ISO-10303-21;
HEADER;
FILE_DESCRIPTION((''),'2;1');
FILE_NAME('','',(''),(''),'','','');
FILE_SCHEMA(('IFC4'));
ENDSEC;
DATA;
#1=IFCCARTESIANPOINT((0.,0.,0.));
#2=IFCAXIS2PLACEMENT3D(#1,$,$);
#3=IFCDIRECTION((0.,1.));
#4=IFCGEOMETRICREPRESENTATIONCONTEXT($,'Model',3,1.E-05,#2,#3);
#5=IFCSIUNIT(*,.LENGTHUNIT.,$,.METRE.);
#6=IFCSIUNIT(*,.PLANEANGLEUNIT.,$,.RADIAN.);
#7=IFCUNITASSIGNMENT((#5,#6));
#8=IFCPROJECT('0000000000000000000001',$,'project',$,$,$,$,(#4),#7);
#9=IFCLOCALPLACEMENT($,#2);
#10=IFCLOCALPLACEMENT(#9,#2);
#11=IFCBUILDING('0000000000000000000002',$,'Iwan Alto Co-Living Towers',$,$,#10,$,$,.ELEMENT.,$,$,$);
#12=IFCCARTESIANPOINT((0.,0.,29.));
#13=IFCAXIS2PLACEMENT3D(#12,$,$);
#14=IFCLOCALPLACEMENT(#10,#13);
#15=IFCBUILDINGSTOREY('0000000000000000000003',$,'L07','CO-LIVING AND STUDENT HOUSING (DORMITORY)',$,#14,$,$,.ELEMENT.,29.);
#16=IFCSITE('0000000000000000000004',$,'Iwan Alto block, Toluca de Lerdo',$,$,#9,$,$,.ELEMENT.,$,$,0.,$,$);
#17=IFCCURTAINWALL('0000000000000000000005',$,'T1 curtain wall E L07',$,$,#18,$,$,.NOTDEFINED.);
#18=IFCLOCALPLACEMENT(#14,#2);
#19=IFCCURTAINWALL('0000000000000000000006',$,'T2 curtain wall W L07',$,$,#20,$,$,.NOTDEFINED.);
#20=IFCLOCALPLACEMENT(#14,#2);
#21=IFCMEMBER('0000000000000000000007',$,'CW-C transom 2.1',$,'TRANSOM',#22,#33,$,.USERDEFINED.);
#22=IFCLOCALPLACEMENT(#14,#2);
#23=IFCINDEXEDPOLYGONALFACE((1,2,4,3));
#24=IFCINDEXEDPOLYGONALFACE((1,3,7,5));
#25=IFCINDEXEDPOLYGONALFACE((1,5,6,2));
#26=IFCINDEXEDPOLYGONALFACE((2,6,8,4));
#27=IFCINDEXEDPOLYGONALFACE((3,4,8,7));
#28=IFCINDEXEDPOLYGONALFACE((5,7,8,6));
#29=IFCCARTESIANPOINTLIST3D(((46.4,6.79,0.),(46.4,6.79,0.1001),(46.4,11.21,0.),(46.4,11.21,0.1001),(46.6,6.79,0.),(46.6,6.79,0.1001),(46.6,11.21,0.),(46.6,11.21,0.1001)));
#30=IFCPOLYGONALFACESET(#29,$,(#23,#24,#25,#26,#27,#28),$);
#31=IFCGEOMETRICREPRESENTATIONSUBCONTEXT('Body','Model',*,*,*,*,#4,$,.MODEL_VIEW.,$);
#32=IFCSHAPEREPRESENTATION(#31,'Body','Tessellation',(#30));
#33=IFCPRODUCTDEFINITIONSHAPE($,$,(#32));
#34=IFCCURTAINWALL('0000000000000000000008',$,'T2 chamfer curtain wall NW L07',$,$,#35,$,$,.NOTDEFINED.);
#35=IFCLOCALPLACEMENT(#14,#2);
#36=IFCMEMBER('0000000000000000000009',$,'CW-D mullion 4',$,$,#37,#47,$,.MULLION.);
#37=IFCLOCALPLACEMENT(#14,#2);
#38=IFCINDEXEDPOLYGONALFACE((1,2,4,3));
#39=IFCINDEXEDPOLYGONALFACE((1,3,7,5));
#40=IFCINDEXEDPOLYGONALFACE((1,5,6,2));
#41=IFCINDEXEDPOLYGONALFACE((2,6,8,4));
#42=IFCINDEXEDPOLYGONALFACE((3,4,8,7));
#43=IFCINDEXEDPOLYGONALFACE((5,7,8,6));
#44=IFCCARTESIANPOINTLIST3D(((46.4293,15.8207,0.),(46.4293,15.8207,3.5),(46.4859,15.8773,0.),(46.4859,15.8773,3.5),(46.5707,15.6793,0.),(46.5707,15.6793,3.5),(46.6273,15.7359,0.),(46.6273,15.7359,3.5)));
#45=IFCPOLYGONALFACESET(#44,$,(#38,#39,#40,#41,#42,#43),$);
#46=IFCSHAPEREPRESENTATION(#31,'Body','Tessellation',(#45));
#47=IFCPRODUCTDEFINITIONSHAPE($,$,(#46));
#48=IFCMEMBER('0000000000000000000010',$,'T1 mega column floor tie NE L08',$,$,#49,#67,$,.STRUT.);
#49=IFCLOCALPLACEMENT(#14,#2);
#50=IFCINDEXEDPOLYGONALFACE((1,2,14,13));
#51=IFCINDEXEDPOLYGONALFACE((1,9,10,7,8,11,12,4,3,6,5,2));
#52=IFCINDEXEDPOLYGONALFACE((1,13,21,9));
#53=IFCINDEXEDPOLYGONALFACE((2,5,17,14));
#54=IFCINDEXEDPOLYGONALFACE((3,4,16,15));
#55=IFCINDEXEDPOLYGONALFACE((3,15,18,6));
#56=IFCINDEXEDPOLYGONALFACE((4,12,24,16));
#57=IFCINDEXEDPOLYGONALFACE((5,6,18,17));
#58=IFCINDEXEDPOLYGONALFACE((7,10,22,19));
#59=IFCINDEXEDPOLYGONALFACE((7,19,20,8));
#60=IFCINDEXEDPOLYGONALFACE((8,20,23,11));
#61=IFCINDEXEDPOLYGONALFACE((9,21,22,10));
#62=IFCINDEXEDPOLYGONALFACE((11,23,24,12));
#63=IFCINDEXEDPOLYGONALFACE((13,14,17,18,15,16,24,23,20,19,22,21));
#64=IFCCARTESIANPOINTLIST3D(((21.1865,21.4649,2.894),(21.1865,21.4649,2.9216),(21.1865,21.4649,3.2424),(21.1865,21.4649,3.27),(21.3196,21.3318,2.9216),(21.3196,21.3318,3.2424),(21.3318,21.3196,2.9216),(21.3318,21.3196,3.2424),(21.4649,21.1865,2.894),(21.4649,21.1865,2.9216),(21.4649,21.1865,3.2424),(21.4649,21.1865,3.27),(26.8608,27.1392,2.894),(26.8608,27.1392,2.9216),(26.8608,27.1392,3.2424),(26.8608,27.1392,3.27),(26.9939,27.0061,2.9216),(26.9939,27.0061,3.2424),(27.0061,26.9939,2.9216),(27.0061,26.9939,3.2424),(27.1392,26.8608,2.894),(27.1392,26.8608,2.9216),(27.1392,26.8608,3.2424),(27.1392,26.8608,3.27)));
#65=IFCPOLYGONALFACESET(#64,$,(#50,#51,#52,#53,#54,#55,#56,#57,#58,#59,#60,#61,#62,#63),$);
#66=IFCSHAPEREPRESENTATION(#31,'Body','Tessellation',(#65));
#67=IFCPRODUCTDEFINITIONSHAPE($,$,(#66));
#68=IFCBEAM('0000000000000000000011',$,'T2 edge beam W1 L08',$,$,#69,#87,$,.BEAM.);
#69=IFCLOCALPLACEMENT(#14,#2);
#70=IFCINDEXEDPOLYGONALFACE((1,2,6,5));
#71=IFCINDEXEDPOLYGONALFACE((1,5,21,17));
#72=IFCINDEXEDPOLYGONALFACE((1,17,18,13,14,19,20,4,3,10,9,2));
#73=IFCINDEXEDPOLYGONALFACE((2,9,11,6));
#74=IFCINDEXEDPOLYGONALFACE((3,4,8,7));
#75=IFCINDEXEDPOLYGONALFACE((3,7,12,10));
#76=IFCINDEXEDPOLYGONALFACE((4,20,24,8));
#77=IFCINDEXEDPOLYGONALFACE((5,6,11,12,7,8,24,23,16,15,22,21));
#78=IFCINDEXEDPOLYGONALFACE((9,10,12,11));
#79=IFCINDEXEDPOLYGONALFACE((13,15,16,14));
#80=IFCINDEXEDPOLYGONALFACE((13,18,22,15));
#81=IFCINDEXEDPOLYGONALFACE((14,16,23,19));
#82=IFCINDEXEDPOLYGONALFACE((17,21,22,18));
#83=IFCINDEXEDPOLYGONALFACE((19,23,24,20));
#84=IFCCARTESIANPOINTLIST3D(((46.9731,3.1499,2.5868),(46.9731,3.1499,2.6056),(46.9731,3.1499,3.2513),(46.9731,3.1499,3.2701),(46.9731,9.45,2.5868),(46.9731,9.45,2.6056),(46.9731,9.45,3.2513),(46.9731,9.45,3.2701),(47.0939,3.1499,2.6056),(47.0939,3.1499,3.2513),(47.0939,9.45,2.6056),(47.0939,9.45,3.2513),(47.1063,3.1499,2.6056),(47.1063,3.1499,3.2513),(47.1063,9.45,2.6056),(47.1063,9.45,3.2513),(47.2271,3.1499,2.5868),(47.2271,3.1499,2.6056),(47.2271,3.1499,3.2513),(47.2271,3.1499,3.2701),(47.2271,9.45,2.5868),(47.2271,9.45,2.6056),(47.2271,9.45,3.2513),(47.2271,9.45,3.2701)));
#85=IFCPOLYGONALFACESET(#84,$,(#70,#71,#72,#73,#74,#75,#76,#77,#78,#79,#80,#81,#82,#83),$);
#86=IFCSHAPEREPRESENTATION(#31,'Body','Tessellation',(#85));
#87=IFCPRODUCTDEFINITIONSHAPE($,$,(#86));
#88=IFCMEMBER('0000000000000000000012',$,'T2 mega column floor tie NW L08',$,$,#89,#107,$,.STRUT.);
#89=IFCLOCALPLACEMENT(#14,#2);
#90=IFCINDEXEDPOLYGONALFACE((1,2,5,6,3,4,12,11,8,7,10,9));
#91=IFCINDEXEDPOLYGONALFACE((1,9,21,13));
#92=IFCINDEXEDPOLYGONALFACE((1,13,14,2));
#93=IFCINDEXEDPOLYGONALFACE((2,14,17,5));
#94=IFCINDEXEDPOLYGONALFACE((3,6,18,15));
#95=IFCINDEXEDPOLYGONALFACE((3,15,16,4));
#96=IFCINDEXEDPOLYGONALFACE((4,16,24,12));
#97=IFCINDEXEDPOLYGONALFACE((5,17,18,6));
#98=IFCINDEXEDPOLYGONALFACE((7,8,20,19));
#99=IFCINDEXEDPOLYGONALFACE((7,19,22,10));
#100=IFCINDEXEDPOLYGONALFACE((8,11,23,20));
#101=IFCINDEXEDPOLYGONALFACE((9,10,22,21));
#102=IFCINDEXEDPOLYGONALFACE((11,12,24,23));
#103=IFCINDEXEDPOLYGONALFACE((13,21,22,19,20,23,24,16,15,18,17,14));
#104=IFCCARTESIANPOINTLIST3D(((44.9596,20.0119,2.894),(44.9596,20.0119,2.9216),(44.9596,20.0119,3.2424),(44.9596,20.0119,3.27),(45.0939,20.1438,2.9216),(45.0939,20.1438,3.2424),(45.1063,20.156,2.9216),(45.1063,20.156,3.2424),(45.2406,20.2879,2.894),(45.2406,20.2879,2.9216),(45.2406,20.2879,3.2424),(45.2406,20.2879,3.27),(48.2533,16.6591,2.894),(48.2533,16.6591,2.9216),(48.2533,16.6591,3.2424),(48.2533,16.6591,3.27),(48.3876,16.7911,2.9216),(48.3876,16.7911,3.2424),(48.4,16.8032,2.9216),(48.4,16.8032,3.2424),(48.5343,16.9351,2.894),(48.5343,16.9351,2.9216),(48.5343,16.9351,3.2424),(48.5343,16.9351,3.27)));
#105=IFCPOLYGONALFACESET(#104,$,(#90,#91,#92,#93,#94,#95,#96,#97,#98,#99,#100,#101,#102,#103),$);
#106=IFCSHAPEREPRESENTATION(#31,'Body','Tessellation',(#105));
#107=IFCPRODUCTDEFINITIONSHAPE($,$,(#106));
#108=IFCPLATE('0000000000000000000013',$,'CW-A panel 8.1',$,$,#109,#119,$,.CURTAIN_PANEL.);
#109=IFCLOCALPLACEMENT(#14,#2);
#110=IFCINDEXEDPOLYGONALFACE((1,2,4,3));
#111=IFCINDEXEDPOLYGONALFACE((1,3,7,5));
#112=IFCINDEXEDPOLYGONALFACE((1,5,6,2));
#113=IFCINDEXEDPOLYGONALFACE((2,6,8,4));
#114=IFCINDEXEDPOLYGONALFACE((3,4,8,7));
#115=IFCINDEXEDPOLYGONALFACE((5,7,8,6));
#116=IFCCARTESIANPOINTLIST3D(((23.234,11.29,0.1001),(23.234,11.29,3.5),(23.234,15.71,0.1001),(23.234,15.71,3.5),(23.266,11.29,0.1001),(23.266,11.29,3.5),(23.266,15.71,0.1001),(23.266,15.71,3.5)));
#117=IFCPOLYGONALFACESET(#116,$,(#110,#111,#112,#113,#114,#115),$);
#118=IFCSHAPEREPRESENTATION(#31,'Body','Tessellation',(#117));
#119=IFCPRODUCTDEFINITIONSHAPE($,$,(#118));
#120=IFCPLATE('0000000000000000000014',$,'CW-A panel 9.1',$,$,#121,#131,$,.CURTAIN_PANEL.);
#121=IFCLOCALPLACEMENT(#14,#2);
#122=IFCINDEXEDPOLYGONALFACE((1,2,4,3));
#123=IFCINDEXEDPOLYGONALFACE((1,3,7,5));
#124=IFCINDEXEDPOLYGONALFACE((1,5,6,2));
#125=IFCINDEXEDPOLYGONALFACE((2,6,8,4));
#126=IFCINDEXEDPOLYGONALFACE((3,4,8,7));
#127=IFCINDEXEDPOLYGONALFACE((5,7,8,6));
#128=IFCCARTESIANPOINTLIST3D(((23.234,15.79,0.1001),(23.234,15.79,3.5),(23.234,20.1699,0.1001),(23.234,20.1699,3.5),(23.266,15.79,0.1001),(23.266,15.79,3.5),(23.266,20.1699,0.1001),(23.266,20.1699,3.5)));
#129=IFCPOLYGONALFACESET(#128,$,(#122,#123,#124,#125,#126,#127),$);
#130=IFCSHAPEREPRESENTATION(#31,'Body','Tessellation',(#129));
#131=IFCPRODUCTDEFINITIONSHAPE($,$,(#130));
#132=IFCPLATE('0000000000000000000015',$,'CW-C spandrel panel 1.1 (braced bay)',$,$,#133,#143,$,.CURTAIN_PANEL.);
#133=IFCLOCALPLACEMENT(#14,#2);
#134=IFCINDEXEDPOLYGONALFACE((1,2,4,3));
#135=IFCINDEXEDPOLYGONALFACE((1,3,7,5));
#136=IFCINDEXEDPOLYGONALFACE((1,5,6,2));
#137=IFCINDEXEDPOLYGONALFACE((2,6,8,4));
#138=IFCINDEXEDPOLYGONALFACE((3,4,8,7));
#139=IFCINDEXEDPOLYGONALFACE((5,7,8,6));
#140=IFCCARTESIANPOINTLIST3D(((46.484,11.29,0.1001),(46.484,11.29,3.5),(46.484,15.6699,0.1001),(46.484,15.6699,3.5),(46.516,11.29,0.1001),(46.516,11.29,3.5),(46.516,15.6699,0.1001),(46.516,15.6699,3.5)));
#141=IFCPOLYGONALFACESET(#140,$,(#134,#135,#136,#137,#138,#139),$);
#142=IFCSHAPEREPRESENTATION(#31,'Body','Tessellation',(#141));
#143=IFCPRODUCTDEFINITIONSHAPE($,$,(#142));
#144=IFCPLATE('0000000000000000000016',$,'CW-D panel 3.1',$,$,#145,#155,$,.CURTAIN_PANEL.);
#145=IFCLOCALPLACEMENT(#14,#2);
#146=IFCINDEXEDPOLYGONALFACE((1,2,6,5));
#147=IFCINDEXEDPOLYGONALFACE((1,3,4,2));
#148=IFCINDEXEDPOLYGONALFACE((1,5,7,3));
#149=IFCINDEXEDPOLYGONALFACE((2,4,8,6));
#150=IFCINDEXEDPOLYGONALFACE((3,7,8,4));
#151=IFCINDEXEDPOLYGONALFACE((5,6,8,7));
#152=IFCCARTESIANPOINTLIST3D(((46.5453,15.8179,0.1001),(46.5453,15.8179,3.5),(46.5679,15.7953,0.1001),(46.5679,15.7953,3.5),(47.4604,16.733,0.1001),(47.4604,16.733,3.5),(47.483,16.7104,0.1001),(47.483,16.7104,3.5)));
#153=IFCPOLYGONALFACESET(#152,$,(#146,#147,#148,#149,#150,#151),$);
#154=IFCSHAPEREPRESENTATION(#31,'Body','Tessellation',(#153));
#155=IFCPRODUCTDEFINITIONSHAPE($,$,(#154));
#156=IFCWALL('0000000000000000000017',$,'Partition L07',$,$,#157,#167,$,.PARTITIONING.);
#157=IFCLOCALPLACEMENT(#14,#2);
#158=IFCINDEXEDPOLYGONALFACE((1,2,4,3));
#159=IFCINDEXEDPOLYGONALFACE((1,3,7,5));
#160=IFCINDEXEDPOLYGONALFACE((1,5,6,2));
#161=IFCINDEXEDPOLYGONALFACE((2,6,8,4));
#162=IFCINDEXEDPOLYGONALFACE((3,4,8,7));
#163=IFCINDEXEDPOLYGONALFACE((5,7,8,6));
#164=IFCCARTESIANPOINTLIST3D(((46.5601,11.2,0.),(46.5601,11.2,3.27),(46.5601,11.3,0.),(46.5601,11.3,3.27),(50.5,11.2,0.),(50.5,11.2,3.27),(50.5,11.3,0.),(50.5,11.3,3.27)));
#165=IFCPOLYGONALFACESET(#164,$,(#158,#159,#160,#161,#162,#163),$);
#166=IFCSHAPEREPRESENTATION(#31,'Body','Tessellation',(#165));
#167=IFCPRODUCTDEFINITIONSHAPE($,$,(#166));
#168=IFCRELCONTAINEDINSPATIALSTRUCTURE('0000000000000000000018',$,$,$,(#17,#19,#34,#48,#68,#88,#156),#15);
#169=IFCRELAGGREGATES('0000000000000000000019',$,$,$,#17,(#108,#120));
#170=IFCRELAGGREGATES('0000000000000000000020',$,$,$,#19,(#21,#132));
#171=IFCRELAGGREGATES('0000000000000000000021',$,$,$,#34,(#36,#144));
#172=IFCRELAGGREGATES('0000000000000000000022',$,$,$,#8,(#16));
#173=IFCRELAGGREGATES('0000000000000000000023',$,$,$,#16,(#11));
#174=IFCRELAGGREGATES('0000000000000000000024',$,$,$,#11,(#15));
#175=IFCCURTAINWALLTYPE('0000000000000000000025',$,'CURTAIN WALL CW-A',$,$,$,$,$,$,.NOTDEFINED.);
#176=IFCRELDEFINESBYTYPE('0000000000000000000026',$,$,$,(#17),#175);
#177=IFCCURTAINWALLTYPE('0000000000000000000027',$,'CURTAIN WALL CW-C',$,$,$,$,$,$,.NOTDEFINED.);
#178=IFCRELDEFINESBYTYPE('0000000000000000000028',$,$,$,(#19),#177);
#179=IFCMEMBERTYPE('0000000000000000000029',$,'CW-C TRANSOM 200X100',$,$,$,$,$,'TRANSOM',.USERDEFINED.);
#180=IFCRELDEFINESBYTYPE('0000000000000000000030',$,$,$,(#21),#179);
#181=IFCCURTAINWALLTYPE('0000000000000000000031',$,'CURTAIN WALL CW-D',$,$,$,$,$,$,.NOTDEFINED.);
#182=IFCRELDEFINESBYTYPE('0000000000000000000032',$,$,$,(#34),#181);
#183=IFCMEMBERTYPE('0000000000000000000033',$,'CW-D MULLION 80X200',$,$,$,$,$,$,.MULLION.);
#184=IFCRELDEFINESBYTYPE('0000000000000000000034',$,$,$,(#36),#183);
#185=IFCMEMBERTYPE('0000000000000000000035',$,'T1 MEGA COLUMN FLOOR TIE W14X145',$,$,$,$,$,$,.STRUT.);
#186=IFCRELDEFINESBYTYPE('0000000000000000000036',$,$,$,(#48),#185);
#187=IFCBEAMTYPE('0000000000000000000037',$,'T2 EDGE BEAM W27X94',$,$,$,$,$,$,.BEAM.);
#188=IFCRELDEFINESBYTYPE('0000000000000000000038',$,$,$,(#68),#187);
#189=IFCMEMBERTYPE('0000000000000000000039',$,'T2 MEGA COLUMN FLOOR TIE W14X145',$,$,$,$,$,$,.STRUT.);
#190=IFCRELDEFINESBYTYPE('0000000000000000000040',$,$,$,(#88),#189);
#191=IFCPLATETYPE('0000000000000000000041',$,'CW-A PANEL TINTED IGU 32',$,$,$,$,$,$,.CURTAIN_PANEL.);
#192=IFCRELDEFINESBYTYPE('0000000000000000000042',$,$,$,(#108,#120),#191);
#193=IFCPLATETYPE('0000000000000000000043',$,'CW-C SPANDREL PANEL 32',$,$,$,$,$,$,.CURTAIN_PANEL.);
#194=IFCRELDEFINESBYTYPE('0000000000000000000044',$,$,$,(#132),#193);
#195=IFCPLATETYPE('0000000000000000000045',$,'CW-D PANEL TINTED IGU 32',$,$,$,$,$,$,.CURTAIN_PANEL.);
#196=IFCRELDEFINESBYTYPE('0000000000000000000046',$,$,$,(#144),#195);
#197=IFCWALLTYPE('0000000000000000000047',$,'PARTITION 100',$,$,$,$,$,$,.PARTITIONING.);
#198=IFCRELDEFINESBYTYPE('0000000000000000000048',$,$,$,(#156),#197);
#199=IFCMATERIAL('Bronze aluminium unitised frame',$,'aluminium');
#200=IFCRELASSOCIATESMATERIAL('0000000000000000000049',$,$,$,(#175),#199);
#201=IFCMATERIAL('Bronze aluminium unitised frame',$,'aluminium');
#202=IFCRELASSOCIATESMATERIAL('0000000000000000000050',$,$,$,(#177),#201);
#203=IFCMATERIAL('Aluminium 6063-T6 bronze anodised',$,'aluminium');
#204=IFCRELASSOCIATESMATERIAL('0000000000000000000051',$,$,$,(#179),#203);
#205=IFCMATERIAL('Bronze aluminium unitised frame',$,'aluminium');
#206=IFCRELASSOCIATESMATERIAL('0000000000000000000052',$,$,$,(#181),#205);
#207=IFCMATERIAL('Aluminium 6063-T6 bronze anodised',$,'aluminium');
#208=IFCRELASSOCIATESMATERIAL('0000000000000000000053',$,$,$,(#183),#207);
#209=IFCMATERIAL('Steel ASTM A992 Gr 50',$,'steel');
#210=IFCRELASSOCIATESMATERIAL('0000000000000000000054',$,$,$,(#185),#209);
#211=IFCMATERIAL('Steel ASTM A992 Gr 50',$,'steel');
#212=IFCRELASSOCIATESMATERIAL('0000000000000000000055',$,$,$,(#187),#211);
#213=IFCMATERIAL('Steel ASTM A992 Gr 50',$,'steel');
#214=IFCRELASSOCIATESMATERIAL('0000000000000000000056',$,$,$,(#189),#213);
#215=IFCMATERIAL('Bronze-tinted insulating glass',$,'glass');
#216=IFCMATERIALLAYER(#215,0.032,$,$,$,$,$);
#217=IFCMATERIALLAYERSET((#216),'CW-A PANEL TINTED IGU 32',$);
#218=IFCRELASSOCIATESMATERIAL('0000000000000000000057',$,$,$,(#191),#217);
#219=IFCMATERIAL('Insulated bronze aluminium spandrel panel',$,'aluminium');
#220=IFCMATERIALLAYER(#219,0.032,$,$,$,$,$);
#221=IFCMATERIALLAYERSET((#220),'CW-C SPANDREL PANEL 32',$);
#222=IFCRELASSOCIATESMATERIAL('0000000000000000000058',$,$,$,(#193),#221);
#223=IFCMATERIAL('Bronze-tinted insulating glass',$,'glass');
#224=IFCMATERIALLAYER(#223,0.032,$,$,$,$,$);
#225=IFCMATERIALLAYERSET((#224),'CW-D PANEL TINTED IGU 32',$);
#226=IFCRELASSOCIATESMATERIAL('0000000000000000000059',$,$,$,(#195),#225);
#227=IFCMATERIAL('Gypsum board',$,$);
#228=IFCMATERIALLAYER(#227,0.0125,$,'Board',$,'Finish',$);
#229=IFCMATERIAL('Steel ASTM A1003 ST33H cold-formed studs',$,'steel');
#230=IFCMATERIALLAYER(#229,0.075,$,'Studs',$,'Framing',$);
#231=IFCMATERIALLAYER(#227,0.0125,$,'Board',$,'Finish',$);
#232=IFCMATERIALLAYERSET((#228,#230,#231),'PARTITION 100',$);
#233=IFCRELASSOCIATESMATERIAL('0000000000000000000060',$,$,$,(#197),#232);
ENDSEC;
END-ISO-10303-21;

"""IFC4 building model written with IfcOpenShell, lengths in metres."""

from ifc_helpers import new_model, si_unit, direction, frame, frame_2d, origin, origin_2d, place, context, subcontext, project, spatial, rectangle, i_section, extrude, material, layer, layer_set, material_profile, profile_set, type_object, element, aggregate, save


model = new_model("IFC4")

# Units and contexts
model_context = context("Model", 3, precision=1e-05, world=origin(), true_north=direction((0.0, 1.0)))
body_context = subcontext(model_context, "Body", "Model", "MODEL_VIEW")
ifc_project = project(units=[si_unit("LENGTHUNIT", "METRE"), si_unit("PLANEANGLEUNIT", "RADIAN")], contexts=[model_context])

# Site, building, storey
site_placement = place(None, origin())
site = spatial("IfcSite", under=ifc_project, at=site_placement, Name="Iwan Alto block, Toluca de Lerdo", CompositionType="ELEMENT", RefElevation=0.0)
building_placement = place(site_placement, origin())
building = spatial("IfcBuilding", under=site, at=building_placement, Name="Iwan Alto Co-Living Towers", CompositionType="ELEMENT")
storey_placement = place(building_placement, frame((0.0, 0.0, 29.0)))
storey = spatial("IfcBuildingStorey", under=building, at=storey_placement, Name="L07", Description="CO-LIVING AND STUDENT HOUSING (DORMITORY)", CompositionType="ELEMENT", Elevation=29.0)

# Curtain walls, member
ifc_material_1 = material(Name="Bronze aluminium unitised frame", Category="aluminium")
curtain_wall_type_1 = type_object("IfcCurtainWallType", Name="CURTAIN WALL CW-A", PredefinedType="NOTDEFINED", material=ifc_material_1)
curtain_wall_1_placement = place(storey_placement, origin())
curtain_wall_1 = element("IfcCurtainWall", 1, at=curtain_wall_1_placement, inside=storey, type_object=curtain_wall_type_1, Name="T1 curtain wall E L07", PredefinedType="NOTDEFINED")
ifc_material_2 = material(Name="Bronze aluminium unitised frame", Category="aluminium")
curtain_wall_type_2 = type_object("IfcCurtainWallType", Name="CURTAIN WALL CW-C", PredefinedType="NOTDEFINED", material=ifc_material_2)
curtain_wall_2_placement = place(storey_placement, origin())
curtain_wall_2 = element("IfcCurtainWall", 2, at=curtain_wall_2_placement, inside=storey, type_object=curtain_wall_type_2, Name="T2 curtain wall W L07", PredefinedType="NOTDEFINED")
ifc_material_3 = material(Name="Aluminium 6063-T6 bronze anodised", Category="aluminium")
ifc_material_profile_1 = material_profile(ifc_material_3, rectangle(XDim=0.2, YDim=0.1001, at=origin_2d()), Name="AL 200X100")
ifc_profile_set_1 = profile_set([ifc_material_profile_1], Name="Aluminium 6063-T6 bronze anodised")
member_type_1 = type_object("IfcMemberType", Name="CW-C TRANSOM 200X100", ElementType="TRANSOM", PredefinedType="USERDEFINED", material=ifc_profile_set_1)
member_1_placement = place(storey_placement, frame((46.5, 11.21, 0.05), z_axis=(0.0, -1.0, 0.0), x_axis=(1.0, 0.0, 0.0)))
member_1 = element("IfcMember", 3, at=member_1_placement, type_object=member_type_1, Name="CW-C transom 2.1", ObjectType="TRANSOM", PredefinedType="USERDEFINED", context=body_context, shape_type="SweptSolid", body=[
    extrude(rectangle(XDim=0.2, YDim=0.1001, at=origin_2d()), origin(), (0.0, 0.0, 1.0), 4.4199),
])

# Curtain wall, member
ifc_material_4 = material(Name="Bronze aluminium unitised frame", Category="aluminium")
curtain_wall_type_3 = type_object("IfcCurtainWallType", Name="CURTAIN WALL CW-D", PredefinedType="NOTDEFINED", material=ifc_material_4)
curtain_wall_3_placement = place(storey_placement, origin())
curtain_wall_3 = element("IfcCurtainWall", 4, at=curtain_wall_3_placement, inside=storey, type_object=curtain_wall_type_3, Name="T2 chamfer curtain wall NW L07", PredefinedType="NOTDEFINED")
ifc_material_5 = material(Name="Aluminium 6063-T6 bronze anodised", Category="aluminium")
ifc_material_profile_2 = material_profile(ifc_material_5, rectangle(XDim=0.2, YDim=0.0801, at=origin_2d()), Name="AL 80X200")
ifc_profile_set_2 = profile_set([ifc_material_profile_2], Name="Aluminium 6063-T6 bronze anodised")
member_type_2 = type_object("IfcMemberType", Name="CW-D MULLION 80X200", PredefinedType="MULLION", material=ifc_profile_set_2)
member_2_placement = place(storey_placement, frame((46.5283, 15.7783, 0.0), z_axis=(0.0, 0.0, 1.0), x_axis=(0.707107, -0.707107, 0.0)))
member_2 = element("IfcMember", 5, at=member_2_placement, type_object=member_type_2, Name="CW-D mullion 4", PredefinedType="MULLION", context=body_context, shape_type="SweptSolid", body=[
    extrude(rectangle(XDim=0.2, YDim=0.0801, at=origin_2d()), origin(), (0.0, 0.0, 1.0), 3.5),
])

# Member
ifc_material_6 = material(Name="Steel ASTM A992 Gr 50", Category="steel")
ifc_material_profile_3 = material_profile(ifc_material_6, i_section(OverallWidth=0.3938, OverallDepth=0.376, WebThickness=0.0173, FlangeThickness=0.0276, at=origin_2d()), Name="W14X145")
ifc_profile_set_3 = profile_set([ifc_material_profile_3], Name="Steel ASTM A992 Gr 50")
member_type_3 = type_object("IfcMemberType", Name="T1 MEGA COLUMN FLOOR TIE W14X145", PredefinedType="STRUT", material=ifc_profile_set_3)
member_3_placement = place(storey_placement, frame((27.0, 27.0, 3.082), z_axis=(-0.707107, -0.707107, 0.0), x_axis=(0.707107, -0.707107, 0.0)))
element("IfcMember", 6, at=member_3_placement, inside=storey, type_object=member_type_3, Name="T1 mega column floor tie NE L08", PredefinedType="STRUT", context=body_context, shape_type="SweptSolid", body=[
    extrude(i_section(OverallWidth=0.3938, OverallDepth=0.376, WebThickness=0.0173, FlangeThickness=0.0276, at=origin_2d()), origin(), (0.0, 0.0, 1.0), 8.0247),
])

# Beam
ifc_material_7 = material(Name="Steel ASTM A992 Gr 50", Category="steel")
ifc_material_profile_4 = material_profile(ifc_material_7, i_section(OverallWidth=0.2539, OverallDepth=0.6833, WebThickness=0.0125, FlangeThickness=0.0188, at=origin_2d()), Name="W27X94")
ifc_profile_set_4 = profile_set([ifc_material_profile_4], Name="Steel ASTM A992 Gr 50")
beam_type = type_object("IfcBeamType", Name="T2 EDGE BEAM W27X94", PredefinedType="BEAM", material=ifc_profile_set_4)
beam_placement = place(storey_placement, frame((47.1001, 9.45, 2.9285), z_axis=(0.0, -1.0, 0.0), x_axis=(1.0, 0.0, 0.0)))
element("IfcBeam", 7, at=beam_placement, inside=storey, type_object=beam_type, Name="T2 edge beam W1 L08", PredefinedType="BEAM", context=body_context, shape_type="SweptSolid", body=[
    extrude(i_section(OverallWidth=0.2539, OverallDepth=0.6833, WebThickness=0.0125, FlangeThickness=0.0188, at=origin_2d()), origin(), (0.0, 0.0, 1.0), 6.3),
])

# Member
ifc_material_8 = material(Name="Steel ASTM A992 Gr 50", Category="steel")
ifc_material_profile_5 = material_profile(ifc_material_8, i_section(OverallWidth=0.3938, OverallDepth=0.376, WebThickness=0.0173, FlangeThickness=0.0276, at=origin_2d()), Name="W14X145")
ifc_profile_set_5 = profile_set([ifc_material_profile_5], Name="Steel ASTM A992 Gr 50")
member_type_4 = type_object("IfcMemberType", Name="T2 MEGA COLUMN FLOOR TIE W14X145", PredefinedType="STRUT", material=ifc_profile_set_5)
member_4_placement = place(storey_placement, frame((45.1001, 20.1499, 3.082), z_axis=(0.700793, -0.713364, 0.0), x_axis=(0.713364, 0.700793, 0.0)))
element("IfcMember", 8, at=member_4_placement, inside=storey, type_object=member_type_4, Name="T2 mega column floor tie NW L08", PredefinedType="STRUT", context=body_context, shape_type="SweptSolid", body=[
    extrude(i_section(OverallWidth=0.3938, OverallDepth=0.376, WebThickness=0.0173, FlangeThickness=0.0276, at=origin_2d()), origin(), (0.0, 0.0, 1.0), 4.7),
])

# Plates
ifc_material_9 = material(Name="Bronze-tinted insulating glass", Category="glass")
ifc_layer_1 = layer(ifc_material_9, 0.032)
ifc_layer_set_1 = layer_set([ifc_layer_1], Name="CW-A PANEL TINTED IGU 32")
plate_type_1 = type_object("IfcPlateType", Name="CW-A PANEL TINTED IGU 32", PredefinedType="CURTAIN_PANEL", material=ifc_layer_set_1)
plate_1_placement = place(storey_placement, frame((23.25, 13.5, 0.1001), z_axis=(0.0, 0.0, 1.0), x_axis=(0.0, 1.0, 0.0)))
plate_1 = element("IfcPlate", 9, at=plate_1_placement, type_object=plate_type_1, Name="CW-A panel 8.1", PredefinedType="CURTAIN_PANEL", context=body_context, shape_type="SweptSolid", body=[
    extrude(rectangle(XDim=4.4199, YDim=0.032, at=origin_2d()), origin(), (0.0, 0.0, 1.0), 3.3999),
])
plate_2_placement = place(storey_placement, frame((23.25, 17.98, 0.1001), z_axis=(0.0, 0.0, 1.0), x_axis=(0.0, 1.0, 0.0)))
plate_2 = element("IfcPlate", 10, at=plate_2_placement, type_object=plate_type_1, Name="CW-A panel 9.1", PredefinedType="CURTAIN_PANEL", context=body_context, shape_type="SweptSolid", body=[
    extrude(rectangle(XDim=4.3799, YDim=0.032, at=origin_2d()), origin(), (0.0, 0.0, 1.0), 3.3999),
])
aggregate(curtain_wall_1, [plate_1, plate_2])
ifc_material_10 = material(Name="Insulated bronze aluminium spandrel panel", Category="aluminium")
ifc_layer_2 = layer(ifc_material_10, 0.032)
ifc_layer_set_2 = layer_set([ifc_layer_2], Name="CW-C SPANDREL PANEL 32")
plate_type_2 = type_object("IfcPlateType", Name="CW-C SPANDREL PANEL 32", PredefinedType="CURTAIN_PANEL", material=ifc_layer_set_2)
plate_3_placement = place(storey_placement, frame((46.5, 13.48, 0.1001), z_axis=(0.0, 0.0, 1.0), x_axis=(0.0, -1.0, 0.0)))
plate_3 = element("IfcPlate", 11, at=plate_3_placement, type_object=plate_type_2, Name="CW-C spandrel panel 1.1 (braced bay)", PredefinedType="CURTAIN_PANEL", context=body_context, shape_type="SweptSolid", body=[
    extrude(rectangle(XDim=4.3799, YDim=0.032, at=origin_2d()), origin(), (0.0, 0.0, 1.0), 3.3999),
])
aggregate(curtain_wall_2, [member_1, plate_3])
ifc_material_11 = material(Name="Bronze-tinted insulating glass", Category="glass")
ifc_layer_3 = layer(ifc_material_11, 0.032)
ifc_layer_set_3 = layer_set([ifc_layer_3], Name="CW-D PANEL TINTED IGU 32")
plate_type_3 = type_object("IfcPlateType", Name="CW-D PANEL TINTED IGU 32", PredefinedType="CURTAIN_PANEL", material=ifc_layer_set_3)
plate_4_placement = place(storey_placement, frame((47.0142, 16.2642, 0.1001), z_axis=(0.0, 0.0, 1.0), x_axis=(-0.707107, -0.707107, 0.0)))
plate_4 = element("IfcPlate", 12, at=plate_4_placement, type_object=plate_type_3, Name="CW-D panel 3.1", PredefinedType="CURTAIN_PANEL", context=body_context, shape_type="SweptSolid", body=[
    extrude(rectangle(XDim=1.2942, YDim=0.032, at=origin_2d()), origin(), (0.0, 0.0, 1.0), 3.3999),
])
aggregate(curtain_wall_3, [member_2, plate_4])

# Wall
ifc_material_12 = material(Name="Gypsum board")
ifc_layer_4 = layer(ifc_material_12, 0.0125, Name="Board", Category="Finish")
ifc_material_13 = material(Name="Steel ASTM A1003 ST33H cold-formed studs", Category="steel")
ifc_layer_5 = layer(ifc_material_13, 0.075, Name="Studs", Category="Framing")
ifc_layer_6 = layer(ifc_material_12, 0.0125, Name="Board", Category="Finish")
ifc_layer_set_4 = layer_set([ifc_layer_4, ifc_layer_5, ifc_layer_6], Name="PARTITION 100")
wall_type = type_object("IfcWallType", Name="PARTITION 100", PredefinedType="PARTITIONING", material=ifc_layer_set_4)
wall_placement = place(storey_placement, frame((46.5601, 11.25, 0.0), z_axis=(0.0, 0.0, 1.0), x_axis=(1.0, 0.0, 0.0)))
element("IfcWall", 13, at=wall_placement, inside=storey, type_object=wall_type, Name="Partition L07", PredefinedType="PARTITIONING", context=body_context, shape_type="SweptSolid", body=[
    extrude(rectangle(XDim=3.9399, YDim=0.1001, at=frame_2d((1.97, 0.0))), origin(), (0.0, 0.0, 1.0), 3.27),
])

save(model, "model.ifc")
